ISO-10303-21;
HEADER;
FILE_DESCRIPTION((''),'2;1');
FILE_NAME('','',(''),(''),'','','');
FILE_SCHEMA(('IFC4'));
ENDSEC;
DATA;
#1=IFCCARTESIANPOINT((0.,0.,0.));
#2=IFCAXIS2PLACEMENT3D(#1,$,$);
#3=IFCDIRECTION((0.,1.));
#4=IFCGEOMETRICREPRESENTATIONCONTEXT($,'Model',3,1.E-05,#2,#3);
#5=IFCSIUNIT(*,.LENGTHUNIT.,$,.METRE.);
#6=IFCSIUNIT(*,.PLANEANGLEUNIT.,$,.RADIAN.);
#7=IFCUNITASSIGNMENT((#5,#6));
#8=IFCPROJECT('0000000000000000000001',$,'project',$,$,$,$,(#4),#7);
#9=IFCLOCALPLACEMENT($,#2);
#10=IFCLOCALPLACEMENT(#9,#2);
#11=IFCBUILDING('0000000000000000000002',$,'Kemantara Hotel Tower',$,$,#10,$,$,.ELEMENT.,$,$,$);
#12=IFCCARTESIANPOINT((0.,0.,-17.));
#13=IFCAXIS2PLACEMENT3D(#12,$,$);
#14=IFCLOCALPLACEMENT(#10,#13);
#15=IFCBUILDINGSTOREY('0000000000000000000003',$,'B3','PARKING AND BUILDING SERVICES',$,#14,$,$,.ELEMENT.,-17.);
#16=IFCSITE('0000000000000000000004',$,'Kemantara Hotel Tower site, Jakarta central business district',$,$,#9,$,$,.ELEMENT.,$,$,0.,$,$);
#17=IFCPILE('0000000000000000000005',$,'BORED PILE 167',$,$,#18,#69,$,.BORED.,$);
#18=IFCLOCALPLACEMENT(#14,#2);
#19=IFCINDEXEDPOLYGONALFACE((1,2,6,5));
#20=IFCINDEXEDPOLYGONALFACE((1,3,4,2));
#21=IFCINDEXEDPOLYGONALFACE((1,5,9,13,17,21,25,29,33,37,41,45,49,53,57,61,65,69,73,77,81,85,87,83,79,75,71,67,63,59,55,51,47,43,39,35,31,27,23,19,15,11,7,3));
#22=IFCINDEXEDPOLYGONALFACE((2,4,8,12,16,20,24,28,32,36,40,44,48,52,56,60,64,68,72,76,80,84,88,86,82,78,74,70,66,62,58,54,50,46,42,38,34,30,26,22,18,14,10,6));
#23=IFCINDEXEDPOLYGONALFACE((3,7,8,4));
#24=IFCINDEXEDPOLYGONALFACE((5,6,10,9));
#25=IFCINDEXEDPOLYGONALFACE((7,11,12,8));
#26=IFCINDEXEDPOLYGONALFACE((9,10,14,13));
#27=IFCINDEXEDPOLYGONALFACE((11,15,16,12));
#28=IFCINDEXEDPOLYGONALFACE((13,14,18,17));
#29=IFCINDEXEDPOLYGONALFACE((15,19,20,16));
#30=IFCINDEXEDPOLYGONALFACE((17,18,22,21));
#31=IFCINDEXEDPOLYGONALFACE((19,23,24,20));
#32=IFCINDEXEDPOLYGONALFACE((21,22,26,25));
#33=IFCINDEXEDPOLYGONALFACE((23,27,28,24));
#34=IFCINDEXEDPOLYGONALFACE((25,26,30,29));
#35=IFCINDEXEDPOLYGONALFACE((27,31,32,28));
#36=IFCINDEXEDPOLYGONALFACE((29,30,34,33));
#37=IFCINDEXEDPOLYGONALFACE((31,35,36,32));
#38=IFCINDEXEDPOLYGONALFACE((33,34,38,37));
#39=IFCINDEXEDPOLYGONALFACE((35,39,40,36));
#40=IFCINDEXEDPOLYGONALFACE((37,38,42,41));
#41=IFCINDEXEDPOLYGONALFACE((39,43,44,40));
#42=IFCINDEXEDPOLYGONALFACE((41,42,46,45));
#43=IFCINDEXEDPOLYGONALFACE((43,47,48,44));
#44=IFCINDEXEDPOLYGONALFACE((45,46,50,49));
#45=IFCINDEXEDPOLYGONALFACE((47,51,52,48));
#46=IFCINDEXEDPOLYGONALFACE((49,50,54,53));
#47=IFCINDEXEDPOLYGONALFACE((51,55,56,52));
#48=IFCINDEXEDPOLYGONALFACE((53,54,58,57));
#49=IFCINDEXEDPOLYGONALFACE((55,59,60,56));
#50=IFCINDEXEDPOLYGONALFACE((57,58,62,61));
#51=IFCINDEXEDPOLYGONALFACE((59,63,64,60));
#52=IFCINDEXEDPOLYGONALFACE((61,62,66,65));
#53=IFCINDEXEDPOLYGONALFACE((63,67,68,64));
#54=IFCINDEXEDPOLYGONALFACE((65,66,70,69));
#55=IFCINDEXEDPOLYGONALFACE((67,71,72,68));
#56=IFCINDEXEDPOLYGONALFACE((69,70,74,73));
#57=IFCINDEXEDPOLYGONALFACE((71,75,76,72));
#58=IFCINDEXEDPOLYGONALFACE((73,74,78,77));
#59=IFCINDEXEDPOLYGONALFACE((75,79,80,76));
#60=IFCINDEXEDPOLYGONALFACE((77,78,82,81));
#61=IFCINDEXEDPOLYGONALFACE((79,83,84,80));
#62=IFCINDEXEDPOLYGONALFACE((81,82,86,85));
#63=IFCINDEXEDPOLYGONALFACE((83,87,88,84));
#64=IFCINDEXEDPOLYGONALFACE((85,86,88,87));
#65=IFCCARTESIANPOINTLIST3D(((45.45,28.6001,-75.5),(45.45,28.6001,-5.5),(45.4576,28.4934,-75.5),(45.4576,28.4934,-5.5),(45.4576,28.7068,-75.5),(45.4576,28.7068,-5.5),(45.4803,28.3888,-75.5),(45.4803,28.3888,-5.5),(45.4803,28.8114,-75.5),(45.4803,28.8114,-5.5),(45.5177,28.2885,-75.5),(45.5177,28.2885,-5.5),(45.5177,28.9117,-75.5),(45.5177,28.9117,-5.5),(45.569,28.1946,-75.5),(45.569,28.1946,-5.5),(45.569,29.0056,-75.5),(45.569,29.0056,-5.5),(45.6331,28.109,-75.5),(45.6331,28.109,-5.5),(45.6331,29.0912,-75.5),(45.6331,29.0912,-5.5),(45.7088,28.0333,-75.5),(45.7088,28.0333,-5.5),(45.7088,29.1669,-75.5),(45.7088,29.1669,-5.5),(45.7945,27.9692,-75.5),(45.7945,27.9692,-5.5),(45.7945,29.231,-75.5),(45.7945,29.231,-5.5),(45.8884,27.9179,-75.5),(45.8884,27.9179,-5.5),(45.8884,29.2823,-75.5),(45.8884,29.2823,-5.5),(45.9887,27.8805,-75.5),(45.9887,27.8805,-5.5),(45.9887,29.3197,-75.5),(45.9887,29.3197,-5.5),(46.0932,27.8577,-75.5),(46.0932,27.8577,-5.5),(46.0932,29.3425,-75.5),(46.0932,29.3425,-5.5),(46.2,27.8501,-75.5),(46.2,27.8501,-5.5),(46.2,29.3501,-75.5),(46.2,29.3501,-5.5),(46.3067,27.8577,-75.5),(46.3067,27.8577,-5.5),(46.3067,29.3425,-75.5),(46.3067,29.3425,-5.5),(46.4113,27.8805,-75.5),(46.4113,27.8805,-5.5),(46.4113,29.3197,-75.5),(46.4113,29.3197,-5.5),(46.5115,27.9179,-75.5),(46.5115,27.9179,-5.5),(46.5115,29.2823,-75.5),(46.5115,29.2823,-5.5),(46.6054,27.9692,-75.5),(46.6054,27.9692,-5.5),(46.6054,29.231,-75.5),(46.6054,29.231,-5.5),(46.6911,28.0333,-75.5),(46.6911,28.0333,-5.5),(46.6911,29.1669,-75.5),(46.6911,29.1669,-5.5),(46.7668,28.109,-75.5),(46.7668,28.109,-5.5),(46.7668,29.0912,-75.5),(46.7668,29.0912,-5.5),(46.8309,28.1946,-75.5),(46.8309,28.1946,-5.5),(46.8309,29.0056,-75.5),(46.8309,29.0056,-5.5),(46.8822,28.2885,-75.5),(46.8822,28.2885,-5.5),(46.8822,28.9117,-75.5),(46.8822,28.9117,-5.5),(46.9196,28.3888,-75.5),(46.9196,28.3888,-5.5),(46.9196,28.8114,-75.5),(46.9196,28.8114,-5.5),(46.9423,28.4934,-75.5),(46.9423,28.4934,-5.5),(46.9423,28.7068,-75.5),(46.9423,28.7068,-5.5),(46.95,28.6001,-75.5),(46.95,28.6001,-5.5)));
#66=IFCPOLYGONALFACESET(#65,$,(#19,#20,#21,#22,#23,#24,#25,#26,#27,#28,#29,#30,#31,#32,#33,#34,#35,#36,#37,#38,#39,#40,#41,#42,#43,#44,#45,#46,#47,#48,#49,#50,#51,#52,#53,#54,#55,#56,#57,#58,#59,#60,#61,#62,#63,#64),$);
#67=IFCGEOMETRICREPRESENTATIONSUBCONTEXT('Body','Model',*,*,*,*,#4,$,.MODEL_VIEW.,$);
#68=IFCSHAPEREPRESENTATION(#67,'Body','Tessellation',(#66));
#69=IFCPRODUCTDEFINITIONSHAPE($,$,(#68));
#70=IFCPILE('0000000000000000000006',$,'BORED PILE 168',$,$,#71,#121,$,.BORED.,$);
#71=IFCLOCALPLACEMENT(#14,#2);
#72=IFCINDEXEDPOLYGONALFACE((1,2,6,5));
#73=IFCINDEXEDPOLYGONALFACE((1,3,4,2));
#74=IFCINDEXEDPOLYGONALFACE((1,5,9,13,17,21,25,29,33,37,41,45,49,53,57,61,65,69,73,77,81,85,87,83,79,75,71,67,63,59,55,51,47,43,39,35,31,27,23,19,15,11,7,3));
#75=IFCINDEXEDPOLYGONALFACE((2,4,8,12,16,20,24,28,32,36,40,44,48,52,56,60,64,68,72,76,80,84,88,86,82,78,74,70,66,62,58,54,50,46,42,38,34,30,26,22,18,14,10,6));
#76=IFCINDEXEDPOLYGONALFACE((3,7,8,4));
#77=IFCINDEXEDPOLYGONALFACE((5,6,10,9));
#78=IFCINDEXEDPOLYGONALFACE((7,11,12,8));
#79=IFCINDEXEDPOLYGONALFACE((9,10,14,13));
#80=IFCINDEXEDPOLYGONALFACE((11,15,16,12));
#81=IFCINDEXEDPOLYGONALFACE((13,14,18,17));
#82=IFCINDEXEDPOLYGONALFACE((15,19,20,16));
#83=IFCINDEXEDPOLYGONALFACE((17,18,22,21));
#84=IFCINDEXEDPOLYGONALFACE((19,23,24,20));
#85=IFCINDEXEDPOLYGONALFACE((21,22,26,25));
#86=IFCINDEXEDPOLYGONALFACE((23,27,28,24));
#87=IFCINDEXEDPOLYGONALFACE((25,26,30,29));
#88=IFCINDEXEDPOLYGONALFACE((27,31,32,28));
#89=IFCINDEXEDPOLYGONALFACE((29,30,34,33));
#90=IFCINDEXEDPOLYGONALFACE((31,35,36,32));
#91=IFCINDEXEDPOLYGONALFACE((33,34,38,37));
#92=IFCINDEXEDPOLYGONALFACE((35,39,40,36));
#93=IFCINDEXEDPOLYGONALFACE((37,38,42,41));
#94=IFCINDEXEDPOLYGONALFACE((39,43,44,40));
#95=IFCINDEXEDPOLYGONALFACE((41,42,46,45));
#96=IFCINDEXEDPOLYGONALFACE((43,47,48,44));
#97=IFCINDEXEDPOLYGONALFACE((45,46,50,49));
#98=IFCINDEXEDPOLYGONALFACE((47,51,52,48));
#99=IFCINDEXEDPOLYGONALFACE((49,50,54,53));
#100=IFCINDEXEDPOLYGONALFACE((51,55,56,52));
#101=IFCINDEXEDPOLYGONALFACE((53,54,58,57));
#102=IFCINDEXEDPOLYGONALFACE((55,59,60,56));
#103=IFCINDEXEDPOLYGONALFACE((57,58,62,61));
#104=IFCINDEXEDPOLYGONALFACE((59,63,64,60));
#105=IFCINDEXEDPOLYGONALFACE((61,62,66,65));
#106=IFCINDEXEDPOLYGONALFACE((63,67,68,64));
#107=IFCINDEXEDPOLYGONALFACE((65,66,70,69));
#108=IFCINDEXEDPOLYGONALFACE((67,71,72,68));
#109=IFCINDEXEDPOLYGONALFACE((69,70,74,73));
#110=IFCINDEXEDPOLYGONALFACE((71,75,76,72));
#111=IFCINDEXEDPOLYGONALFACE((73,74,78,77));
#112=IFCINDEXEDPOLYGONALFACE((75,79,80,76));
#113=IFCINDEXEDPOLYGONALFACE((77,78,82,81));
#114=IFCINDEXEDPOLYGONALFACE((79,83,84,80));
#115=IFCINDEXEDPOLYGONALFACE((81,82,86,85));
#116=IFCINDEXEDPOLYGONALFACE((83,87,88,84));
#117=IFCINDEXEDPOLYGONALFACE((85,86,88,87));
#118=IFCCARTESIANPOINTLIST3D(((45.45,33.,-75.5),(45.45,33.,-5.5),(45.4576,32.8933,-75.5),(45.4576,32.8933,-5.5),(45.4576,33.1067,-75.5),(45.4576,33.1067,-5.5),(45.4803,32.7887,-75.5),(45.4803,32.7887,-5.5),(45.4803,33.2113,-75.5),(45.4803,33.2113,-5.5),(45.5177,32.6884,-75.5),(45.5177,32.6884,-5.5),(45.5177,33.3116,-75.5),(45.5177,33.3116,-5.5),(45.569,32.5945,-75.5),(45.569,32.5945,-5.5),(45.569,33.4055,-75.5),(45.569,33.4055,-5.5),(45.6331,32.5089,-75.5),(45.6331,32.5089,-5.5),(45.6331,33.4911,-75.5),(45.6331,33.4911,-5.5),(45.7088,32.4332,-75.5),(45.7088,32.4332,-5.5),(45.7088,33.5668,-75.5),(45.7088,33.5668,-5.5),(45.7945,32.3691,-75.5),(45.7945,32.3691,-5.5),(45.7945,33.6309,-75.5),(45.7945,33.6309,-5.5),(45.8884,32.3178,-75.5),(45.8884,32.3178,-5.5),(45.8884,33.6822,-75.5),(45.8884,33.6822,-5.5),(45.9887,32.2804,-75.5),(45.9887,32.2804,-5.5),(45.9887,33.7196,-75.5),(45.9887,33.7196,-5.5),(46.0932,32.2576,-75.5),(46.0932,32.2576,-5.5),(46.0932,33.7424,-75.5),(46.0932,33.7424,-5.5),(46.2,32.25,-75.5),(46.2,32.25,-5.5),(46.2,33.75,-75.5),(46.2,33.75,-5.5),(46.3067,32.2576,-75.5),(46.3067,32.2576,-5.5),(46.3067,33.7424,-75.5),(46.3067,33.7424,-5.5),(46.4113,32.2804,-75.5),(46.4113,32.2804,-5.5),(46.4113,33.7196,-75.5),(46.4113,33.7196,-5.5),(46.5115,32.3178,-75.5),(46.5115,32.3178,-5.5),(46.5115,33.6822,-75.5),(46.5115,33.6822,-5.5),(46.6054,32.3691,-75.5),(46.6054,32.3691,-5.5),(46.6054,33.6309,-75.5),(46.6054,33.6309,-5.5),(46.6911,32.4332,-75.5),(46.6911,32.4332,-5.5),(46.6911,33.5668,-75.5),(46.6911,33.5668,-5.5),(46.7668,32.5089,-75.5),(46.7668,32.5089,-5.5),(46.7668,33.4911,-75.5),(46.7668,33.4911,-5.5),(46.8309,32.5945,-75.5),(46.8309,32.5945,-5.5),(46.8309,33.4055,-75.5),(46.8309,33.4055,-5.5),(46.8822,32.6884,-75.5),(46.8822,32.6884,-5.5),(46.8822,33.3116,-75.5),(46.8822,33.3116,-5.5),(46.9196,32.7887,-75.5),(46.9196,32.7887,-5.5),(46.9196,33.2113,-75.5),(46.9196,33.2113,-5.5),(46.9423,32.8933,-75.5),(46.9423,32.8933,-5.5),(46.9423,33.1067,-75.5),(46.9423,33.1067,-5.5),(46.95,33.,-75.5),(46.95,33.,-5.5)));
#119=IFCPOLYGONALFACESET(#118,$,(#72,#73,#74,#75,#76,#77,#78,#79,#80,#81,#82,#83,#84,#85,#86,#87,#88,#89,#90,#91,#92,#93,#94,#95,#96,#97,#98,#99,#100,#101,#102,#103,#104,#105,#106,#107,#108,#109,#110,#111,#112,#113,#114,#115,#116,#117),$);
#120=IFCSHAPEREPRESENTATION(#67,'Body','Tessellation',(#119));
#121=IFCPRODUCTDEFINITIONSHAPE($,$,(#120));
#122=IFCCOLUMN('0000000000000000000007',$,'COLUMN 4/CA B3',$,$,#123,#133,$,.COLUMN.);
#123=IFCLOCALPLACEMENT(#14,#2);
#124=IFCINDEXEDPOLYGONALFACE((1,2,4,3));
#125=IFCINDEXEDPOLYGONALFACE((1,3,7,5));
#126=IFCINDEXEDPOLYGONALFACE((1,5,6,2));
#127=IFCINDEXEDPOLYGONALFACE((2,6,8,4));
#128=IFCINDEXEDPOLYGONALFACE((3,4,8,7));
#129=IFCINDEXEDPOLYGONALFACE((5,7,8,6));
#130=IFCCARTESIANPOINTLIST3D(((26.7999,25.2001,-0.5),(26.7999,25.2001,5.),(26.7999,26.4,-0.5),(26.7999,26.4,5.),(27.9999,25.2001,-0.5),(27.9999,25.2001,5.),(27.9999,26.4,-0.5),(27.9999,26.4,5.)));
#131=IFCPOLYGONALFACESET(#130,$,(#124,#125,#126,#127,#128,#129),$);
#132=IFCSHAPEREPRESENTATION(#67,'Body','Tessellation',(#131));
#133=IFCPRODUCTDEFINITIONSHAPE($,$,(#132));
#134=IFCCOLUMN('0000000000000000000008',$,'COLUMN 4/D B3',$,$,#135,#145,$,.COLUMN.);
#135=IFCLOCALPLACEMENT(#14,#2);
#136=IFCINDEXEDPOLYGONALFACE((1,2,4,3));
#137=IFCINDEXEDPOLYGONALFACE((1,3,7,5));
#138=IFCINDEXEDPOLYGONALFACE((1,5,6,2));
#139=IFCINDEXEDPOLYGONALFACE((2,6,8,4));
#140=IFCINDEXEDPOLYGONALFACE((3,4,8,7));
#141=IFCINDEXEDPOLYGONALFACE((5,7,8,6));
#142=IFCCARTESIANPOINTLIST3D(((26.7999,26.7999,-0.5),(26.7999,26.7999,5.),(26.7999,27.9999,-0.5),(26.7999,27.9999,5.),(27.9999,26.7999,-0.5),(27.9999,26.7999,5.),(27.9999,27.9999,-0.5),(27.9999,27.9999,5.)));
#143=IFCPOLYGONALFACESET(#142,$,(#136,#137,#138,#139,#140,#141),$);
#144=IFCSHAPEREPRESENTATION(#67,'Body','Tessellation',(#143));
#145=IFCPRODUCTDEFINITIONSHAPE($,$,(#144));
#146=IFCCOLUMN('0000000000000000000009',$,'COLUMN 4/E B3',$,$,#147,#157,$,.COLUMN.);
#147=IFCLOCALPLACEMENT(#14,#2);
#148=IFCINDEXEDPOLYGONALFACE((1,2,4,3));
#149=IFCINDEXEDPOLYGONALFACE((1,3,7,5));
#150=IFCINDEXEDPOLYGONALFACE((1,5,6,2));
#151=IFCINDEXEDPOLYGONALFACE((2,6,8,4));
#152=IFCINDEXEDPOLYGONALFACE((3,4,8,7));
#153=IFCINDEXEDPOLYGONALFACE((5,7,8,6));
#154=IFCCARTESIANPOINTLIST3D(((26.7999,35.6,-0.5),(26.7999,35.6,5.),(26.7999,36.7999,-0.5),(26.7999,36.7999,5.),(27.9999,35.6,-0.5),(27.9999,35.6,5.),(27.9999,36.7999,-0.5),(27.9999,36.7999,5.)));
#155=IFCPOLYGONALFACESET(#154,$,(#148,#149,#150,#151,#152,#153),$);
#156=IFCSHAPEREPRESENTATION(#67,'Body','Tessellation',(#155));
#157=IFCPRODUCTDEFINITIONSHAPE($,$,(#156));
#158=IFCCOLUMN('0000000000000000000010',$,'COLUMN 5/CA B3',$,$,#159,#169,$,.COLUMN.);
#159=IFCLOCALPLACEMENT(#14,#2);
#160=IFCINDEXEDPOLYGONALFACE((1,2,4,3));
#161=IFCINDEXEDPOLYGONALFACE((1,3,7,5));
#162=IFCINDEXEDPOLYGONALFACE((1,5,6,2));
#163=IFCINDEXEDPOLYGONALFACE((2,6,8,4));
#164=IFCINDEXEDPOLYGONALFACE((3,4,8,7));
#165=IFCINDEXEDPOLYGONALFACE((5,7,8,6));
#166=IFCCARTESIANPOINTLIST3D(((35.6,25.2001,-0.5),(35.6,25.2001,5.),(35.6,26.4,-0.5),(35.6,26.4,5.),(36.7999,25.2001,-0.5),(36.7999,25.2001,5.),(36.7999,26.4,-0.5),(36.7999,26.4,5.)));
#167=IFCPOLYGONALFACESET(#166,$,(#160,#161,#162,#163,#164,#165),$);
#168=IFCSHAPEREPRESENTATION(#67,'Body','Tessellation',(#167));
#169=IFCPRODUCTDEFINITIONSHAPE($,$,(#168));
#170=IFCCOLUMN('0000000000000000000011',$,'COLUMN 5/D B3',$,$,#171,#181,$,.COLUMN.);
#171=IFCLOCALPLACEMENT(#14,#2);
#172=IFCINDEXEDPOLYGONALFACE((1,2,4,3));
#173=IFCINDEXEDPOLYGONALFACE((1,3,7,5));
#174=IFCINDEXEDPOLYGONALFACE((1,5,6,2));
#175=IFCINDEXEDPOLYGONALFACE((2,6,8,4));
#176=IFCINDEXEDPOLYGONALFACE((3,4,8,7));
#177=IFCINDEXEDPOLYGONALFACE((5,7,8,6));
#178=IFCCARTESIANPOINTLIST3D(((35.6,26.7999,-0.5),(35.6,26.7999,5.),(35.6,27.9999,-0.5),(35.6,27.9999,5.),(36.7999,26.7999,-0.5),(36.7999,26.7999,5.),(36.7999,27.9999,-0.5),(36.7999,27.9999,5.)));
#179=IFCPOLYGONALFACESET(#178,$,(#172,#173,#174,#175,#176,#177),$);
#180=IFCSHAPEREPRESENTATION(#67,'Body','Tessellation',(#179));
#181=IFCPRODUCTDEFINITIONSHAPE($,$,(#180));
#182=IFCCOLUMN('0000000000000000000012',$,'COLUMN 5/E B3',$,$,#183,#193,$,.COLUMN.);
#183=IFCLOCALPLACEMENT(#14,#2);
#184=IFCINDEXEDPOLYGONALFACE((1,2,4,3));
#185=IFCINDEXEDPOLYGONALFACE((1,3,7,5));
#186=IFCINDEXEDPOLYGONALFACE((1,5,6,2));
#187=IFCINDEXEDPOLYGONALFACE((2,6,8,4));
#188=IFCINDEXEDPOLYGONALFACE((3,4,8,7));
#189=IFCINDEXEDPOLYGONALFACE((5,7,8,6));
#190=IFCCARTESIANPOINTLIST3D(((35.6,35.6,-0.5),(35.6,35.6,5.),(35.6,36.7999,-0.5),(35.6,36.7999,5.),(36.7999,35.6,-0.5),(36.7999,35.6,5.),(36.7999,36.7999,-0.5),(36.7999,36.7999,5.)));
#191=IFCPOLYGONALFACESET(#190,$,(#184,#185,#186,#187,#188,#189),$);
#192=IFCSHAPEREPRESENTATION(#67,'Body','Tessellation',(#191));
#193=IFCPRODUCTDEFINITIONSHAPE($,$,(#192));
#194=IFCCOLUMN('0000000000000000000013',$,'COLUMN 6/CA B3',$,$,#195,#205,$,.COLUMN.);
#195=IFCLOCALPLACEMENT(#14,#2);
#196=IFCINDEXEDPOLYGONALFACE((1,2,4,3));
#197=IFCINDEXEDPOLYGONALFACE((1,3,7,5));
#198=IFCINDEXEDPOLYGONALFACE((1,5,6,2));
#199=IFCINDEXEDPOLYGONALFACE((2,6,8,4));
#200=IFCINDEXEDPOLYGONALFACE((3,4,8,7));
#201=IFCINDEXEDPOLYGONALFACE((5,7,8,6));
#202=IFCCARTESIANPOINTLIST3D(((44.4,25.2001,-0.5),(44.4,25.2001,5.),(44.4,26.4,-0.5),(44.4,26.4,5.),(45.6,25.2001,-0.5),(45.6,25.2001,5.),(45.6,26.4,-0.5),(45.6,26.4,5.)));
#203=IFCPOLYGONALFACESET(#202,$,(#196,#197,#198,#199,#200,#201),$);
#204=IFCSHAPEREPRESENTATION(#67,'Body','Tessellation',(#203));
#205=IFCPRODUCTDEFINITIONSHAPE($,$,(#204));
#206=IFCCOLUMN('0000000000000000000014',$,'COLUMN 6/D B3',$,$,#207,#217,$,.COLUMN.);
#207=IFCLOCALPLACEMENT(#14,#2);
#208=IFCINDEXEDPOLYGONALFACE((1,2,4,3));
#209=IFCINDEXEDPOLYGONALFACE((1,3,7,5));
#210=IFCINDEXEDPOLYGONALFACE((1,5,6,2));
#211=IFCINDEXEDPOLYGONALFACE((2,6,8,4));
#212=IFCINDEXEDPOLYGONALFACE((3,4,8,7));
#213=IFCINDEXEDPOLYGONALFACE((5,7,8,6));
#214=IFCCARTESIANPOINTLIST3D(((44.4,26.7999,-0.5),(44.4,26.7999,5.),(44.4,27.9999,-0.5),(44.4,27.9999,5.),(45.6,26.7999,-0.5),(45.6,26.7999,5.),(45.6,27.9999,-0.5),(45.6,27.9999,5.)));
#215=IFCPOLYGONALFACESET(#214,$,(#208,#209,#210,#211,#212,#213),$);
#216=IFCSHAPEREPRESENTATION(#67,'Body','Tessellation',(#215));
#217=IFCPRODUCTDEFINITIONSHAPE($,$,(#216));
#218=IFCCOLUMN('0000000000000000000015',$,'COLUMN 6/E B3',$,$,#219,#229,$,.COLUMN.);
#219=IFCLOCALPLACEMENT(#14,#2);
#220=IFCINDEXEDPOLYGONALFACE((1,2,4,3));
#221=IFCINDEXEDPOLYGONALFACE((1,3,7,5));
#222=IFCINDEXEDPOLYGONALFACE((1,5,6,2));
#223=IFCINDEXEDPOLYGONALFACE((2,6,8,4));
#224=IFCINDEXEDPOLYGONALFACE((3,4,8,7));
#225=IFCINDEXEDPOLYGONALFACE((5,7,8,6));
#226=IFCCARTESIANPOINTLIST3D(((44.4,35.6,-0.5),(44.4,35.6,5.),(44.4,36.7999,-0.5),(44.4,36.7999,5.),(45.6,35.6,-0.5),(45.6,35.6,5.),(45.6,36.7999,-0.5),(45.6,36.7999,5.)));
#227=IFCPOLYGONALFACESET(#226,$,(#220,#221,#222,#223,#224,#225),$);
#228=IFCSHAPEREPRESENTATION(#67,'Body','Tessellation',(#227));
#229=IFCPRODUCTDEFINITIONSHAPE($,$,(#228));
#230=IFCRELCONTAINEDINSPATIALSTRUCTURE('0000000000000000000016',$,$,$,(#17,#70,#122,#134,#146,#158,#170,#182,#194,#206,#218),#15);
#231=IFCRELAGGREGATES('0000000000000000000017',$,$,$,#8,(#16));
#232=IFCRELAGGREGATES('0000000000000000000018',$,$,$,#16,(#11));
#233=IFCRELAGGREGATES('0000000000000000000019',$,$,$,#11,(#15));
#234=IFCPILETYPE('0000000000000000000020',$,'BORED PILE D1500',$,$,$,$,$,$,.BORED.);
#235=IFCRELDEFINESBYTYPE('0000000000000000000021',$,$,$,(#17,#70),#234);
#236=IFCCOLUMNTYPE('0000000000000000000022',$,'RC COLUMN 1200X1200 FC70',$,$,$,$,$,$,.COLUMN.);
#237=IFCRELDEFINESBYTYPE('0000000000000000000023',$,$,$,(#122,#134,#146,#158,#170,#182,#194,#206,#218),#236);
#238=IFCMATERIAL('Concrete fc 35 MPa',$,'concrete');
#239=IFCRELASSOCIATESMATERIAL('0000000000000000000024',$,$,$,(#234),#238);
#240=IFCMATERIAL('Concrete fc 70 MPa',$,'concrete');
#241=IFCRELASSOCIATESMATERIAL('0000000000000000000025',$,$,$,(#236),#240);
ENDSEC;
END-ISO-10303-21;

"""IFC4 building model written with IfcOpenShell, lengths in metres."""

from ifc_helpers import new_model, si_unit, direction, frame, origin, origin_2d, place, context, subcontext, project, spatial, rectangle, circle, extrude, material, material_profile, profile_set, type_object, element, save


model = new_model("IFC4")

# Units and contexts
model_context = context("Model", 3, precision=1e-05, world=origin(), true_north=direction((0.0, 1.0)))
body_context = subcontext(model_context, "Body", "Model", "MODEL_VIEW")
ifc_project = project(units=[si_unit("LENGTHUNIT", "METRE"), si_unit("PLANEANGLEUNIT", "RADIAN")], contexts=[model_context])

# Site, building, storey
site_placement = place(None, origin())
site = spatial("IfcSite", under=ifc_project, at=site_placement, Name="Kemantara Hotel Tower site, Jakarta central business district", CompositionType="ELEMENT", RefElevation=0.0)
building_placement = place(site_placement, origin())
building = spatial("IfcBuilding", under=site, at=building_placement, Name="Kemantara Hotel Tower", CompositionType="ELEMENT")
storey_placement = place(building_placement, frame((0.0, 0.0, -17.0)))
storey = spatial("IfcBuildingStorey", under=building, at=storey_placement, Name="B3", Description="PARKING AND BUILDING SERVICES", CompositionType="ELEMENT", Elevation=-17.0)

# Piles
ifc_material_1 = material(Name="Concrete fc 35 MPa", Category="concrete")
ifc_material_profile_1 = material_profile(ifc_material_1, circle(Radius=0.75, at=origin_2d()), Name="BORED PILE D1500")
ifc_profile_set_1 = profile_set([ifc_material_profile_1], Name="Concrete fc 35 MPa")
pile_type = type_object("IfcPileType", Name="BORED PILE D1500", PredefinedType="BORED", material=ifc_profile_set_1)
for number, where, z_axis, x_axis, name in (
    (1, (46.2, 28.6001, -5.5), (0.0, 0.0, -1.0), (1.0, 0.0, 0.0), "BORED PILE 167"),
    (2, (46.2, 33.0, -5.5), (0.0, 0.0, -1.0), (1.0, 0.0, 0.0), "BORED PILE 168"),
):
    element("IfcPile", number, at=place(storey_placement, frame(where, z_axis=z_axis, x_axis=x_axis)), inside=storey, type_object=pile_type, Name=name, PredefinedType="BORED", context=body_context, shape_type="SweptSolid", body=[
        extrude(circle(Radius=0.75, at=origin_2d()), origin(), (0.0, 0.0, 1.0), 70.0),
    ])

# Columns
ifc_material_2 = material(Name="Concrete fc 70 MPa", Category="concrete")
ifc_material_profile_2 = material_profile(ifc_material_2, rectangle(XDim=1.2, YDim=1.2, at=origin_2d()), Name="RC 1200X1200")
ifc_profile_set_2 = profile_set([ifc_material_profile_2], Name="Concrete fc 70 MPa")
column_type = type_object("IfcColumnType", Name="RC COLUMN 1200X1200 FC70", PredefinedType="COLUMN", material=ifc_profile_set_2)
for number, where, z_axis, x_axis, name in (
    (3, (27.3999, 25.8, -0.5), (0.0, 0.0, 1.0), (1.0, 0.0, 0.0), "COLUMN 4/CA B3"),
    (4, (27.3999, 27.3999, -0.5), (0.0, 0.0, 1.0), (1.0, 0.0, 0.0), "COLUMN 4/D B3"),
    (5, (27.3999, 36.2, -0.5), (0.0, 0.0, 1.0), (1.0, 0.0, 0.0), "COLUMN 4/E B3"),
    (6, (36.2, 25.8, -0.5), (0.0, 0.0, 1.0), (1.0, 0.0, 0.0), "COLUMN 5/CA B3"),
    (7, (36.2, 27.3999, -0.5), (0.0, 0.0, 1.0), (1.0, 0.0, 0.0), "COLUMN 5/D B3"),
    (8, (36.2, 36.2, -0.5), (0.0, 0.0, 1.0), (1.0, 0.0, 0.0), "COLUMN 5/E B3"),
    (9, (45.0, 25.8, -0.5), (0.0, 0.0, 1.0), (1.0, 0.0, 0.0), "COLUMN 6/CA B3"),
    (10, (45.0, 27.3999, -0.5), (0.0, 0.0, 1.0), (1.0, 0.0, 0.0), "COLUMN 6/D B3"),
    (11, (45.0, 36.2, -0.5), (0.0, 0.0, 1.0), (1.0, 0.0, 0.0), "COLUMN 6/E B3"),
):
    element("IfcColumn", number, at=place(storey_placement, frame(where, z_axis=z_axis, x_axis=x_axis)), inside=storey, type_object=column_type, Name=name, PredefinedType="COLUMN", context=body_context, shape_type="SweptSolid", body=[
        extrude(rectangle(XDim=1.2, YDim=1.2, at=origin_2d()), origin(), (0.0, 0.0, 1.0), 5.5),
    ])

save(model, "model.ifc")
